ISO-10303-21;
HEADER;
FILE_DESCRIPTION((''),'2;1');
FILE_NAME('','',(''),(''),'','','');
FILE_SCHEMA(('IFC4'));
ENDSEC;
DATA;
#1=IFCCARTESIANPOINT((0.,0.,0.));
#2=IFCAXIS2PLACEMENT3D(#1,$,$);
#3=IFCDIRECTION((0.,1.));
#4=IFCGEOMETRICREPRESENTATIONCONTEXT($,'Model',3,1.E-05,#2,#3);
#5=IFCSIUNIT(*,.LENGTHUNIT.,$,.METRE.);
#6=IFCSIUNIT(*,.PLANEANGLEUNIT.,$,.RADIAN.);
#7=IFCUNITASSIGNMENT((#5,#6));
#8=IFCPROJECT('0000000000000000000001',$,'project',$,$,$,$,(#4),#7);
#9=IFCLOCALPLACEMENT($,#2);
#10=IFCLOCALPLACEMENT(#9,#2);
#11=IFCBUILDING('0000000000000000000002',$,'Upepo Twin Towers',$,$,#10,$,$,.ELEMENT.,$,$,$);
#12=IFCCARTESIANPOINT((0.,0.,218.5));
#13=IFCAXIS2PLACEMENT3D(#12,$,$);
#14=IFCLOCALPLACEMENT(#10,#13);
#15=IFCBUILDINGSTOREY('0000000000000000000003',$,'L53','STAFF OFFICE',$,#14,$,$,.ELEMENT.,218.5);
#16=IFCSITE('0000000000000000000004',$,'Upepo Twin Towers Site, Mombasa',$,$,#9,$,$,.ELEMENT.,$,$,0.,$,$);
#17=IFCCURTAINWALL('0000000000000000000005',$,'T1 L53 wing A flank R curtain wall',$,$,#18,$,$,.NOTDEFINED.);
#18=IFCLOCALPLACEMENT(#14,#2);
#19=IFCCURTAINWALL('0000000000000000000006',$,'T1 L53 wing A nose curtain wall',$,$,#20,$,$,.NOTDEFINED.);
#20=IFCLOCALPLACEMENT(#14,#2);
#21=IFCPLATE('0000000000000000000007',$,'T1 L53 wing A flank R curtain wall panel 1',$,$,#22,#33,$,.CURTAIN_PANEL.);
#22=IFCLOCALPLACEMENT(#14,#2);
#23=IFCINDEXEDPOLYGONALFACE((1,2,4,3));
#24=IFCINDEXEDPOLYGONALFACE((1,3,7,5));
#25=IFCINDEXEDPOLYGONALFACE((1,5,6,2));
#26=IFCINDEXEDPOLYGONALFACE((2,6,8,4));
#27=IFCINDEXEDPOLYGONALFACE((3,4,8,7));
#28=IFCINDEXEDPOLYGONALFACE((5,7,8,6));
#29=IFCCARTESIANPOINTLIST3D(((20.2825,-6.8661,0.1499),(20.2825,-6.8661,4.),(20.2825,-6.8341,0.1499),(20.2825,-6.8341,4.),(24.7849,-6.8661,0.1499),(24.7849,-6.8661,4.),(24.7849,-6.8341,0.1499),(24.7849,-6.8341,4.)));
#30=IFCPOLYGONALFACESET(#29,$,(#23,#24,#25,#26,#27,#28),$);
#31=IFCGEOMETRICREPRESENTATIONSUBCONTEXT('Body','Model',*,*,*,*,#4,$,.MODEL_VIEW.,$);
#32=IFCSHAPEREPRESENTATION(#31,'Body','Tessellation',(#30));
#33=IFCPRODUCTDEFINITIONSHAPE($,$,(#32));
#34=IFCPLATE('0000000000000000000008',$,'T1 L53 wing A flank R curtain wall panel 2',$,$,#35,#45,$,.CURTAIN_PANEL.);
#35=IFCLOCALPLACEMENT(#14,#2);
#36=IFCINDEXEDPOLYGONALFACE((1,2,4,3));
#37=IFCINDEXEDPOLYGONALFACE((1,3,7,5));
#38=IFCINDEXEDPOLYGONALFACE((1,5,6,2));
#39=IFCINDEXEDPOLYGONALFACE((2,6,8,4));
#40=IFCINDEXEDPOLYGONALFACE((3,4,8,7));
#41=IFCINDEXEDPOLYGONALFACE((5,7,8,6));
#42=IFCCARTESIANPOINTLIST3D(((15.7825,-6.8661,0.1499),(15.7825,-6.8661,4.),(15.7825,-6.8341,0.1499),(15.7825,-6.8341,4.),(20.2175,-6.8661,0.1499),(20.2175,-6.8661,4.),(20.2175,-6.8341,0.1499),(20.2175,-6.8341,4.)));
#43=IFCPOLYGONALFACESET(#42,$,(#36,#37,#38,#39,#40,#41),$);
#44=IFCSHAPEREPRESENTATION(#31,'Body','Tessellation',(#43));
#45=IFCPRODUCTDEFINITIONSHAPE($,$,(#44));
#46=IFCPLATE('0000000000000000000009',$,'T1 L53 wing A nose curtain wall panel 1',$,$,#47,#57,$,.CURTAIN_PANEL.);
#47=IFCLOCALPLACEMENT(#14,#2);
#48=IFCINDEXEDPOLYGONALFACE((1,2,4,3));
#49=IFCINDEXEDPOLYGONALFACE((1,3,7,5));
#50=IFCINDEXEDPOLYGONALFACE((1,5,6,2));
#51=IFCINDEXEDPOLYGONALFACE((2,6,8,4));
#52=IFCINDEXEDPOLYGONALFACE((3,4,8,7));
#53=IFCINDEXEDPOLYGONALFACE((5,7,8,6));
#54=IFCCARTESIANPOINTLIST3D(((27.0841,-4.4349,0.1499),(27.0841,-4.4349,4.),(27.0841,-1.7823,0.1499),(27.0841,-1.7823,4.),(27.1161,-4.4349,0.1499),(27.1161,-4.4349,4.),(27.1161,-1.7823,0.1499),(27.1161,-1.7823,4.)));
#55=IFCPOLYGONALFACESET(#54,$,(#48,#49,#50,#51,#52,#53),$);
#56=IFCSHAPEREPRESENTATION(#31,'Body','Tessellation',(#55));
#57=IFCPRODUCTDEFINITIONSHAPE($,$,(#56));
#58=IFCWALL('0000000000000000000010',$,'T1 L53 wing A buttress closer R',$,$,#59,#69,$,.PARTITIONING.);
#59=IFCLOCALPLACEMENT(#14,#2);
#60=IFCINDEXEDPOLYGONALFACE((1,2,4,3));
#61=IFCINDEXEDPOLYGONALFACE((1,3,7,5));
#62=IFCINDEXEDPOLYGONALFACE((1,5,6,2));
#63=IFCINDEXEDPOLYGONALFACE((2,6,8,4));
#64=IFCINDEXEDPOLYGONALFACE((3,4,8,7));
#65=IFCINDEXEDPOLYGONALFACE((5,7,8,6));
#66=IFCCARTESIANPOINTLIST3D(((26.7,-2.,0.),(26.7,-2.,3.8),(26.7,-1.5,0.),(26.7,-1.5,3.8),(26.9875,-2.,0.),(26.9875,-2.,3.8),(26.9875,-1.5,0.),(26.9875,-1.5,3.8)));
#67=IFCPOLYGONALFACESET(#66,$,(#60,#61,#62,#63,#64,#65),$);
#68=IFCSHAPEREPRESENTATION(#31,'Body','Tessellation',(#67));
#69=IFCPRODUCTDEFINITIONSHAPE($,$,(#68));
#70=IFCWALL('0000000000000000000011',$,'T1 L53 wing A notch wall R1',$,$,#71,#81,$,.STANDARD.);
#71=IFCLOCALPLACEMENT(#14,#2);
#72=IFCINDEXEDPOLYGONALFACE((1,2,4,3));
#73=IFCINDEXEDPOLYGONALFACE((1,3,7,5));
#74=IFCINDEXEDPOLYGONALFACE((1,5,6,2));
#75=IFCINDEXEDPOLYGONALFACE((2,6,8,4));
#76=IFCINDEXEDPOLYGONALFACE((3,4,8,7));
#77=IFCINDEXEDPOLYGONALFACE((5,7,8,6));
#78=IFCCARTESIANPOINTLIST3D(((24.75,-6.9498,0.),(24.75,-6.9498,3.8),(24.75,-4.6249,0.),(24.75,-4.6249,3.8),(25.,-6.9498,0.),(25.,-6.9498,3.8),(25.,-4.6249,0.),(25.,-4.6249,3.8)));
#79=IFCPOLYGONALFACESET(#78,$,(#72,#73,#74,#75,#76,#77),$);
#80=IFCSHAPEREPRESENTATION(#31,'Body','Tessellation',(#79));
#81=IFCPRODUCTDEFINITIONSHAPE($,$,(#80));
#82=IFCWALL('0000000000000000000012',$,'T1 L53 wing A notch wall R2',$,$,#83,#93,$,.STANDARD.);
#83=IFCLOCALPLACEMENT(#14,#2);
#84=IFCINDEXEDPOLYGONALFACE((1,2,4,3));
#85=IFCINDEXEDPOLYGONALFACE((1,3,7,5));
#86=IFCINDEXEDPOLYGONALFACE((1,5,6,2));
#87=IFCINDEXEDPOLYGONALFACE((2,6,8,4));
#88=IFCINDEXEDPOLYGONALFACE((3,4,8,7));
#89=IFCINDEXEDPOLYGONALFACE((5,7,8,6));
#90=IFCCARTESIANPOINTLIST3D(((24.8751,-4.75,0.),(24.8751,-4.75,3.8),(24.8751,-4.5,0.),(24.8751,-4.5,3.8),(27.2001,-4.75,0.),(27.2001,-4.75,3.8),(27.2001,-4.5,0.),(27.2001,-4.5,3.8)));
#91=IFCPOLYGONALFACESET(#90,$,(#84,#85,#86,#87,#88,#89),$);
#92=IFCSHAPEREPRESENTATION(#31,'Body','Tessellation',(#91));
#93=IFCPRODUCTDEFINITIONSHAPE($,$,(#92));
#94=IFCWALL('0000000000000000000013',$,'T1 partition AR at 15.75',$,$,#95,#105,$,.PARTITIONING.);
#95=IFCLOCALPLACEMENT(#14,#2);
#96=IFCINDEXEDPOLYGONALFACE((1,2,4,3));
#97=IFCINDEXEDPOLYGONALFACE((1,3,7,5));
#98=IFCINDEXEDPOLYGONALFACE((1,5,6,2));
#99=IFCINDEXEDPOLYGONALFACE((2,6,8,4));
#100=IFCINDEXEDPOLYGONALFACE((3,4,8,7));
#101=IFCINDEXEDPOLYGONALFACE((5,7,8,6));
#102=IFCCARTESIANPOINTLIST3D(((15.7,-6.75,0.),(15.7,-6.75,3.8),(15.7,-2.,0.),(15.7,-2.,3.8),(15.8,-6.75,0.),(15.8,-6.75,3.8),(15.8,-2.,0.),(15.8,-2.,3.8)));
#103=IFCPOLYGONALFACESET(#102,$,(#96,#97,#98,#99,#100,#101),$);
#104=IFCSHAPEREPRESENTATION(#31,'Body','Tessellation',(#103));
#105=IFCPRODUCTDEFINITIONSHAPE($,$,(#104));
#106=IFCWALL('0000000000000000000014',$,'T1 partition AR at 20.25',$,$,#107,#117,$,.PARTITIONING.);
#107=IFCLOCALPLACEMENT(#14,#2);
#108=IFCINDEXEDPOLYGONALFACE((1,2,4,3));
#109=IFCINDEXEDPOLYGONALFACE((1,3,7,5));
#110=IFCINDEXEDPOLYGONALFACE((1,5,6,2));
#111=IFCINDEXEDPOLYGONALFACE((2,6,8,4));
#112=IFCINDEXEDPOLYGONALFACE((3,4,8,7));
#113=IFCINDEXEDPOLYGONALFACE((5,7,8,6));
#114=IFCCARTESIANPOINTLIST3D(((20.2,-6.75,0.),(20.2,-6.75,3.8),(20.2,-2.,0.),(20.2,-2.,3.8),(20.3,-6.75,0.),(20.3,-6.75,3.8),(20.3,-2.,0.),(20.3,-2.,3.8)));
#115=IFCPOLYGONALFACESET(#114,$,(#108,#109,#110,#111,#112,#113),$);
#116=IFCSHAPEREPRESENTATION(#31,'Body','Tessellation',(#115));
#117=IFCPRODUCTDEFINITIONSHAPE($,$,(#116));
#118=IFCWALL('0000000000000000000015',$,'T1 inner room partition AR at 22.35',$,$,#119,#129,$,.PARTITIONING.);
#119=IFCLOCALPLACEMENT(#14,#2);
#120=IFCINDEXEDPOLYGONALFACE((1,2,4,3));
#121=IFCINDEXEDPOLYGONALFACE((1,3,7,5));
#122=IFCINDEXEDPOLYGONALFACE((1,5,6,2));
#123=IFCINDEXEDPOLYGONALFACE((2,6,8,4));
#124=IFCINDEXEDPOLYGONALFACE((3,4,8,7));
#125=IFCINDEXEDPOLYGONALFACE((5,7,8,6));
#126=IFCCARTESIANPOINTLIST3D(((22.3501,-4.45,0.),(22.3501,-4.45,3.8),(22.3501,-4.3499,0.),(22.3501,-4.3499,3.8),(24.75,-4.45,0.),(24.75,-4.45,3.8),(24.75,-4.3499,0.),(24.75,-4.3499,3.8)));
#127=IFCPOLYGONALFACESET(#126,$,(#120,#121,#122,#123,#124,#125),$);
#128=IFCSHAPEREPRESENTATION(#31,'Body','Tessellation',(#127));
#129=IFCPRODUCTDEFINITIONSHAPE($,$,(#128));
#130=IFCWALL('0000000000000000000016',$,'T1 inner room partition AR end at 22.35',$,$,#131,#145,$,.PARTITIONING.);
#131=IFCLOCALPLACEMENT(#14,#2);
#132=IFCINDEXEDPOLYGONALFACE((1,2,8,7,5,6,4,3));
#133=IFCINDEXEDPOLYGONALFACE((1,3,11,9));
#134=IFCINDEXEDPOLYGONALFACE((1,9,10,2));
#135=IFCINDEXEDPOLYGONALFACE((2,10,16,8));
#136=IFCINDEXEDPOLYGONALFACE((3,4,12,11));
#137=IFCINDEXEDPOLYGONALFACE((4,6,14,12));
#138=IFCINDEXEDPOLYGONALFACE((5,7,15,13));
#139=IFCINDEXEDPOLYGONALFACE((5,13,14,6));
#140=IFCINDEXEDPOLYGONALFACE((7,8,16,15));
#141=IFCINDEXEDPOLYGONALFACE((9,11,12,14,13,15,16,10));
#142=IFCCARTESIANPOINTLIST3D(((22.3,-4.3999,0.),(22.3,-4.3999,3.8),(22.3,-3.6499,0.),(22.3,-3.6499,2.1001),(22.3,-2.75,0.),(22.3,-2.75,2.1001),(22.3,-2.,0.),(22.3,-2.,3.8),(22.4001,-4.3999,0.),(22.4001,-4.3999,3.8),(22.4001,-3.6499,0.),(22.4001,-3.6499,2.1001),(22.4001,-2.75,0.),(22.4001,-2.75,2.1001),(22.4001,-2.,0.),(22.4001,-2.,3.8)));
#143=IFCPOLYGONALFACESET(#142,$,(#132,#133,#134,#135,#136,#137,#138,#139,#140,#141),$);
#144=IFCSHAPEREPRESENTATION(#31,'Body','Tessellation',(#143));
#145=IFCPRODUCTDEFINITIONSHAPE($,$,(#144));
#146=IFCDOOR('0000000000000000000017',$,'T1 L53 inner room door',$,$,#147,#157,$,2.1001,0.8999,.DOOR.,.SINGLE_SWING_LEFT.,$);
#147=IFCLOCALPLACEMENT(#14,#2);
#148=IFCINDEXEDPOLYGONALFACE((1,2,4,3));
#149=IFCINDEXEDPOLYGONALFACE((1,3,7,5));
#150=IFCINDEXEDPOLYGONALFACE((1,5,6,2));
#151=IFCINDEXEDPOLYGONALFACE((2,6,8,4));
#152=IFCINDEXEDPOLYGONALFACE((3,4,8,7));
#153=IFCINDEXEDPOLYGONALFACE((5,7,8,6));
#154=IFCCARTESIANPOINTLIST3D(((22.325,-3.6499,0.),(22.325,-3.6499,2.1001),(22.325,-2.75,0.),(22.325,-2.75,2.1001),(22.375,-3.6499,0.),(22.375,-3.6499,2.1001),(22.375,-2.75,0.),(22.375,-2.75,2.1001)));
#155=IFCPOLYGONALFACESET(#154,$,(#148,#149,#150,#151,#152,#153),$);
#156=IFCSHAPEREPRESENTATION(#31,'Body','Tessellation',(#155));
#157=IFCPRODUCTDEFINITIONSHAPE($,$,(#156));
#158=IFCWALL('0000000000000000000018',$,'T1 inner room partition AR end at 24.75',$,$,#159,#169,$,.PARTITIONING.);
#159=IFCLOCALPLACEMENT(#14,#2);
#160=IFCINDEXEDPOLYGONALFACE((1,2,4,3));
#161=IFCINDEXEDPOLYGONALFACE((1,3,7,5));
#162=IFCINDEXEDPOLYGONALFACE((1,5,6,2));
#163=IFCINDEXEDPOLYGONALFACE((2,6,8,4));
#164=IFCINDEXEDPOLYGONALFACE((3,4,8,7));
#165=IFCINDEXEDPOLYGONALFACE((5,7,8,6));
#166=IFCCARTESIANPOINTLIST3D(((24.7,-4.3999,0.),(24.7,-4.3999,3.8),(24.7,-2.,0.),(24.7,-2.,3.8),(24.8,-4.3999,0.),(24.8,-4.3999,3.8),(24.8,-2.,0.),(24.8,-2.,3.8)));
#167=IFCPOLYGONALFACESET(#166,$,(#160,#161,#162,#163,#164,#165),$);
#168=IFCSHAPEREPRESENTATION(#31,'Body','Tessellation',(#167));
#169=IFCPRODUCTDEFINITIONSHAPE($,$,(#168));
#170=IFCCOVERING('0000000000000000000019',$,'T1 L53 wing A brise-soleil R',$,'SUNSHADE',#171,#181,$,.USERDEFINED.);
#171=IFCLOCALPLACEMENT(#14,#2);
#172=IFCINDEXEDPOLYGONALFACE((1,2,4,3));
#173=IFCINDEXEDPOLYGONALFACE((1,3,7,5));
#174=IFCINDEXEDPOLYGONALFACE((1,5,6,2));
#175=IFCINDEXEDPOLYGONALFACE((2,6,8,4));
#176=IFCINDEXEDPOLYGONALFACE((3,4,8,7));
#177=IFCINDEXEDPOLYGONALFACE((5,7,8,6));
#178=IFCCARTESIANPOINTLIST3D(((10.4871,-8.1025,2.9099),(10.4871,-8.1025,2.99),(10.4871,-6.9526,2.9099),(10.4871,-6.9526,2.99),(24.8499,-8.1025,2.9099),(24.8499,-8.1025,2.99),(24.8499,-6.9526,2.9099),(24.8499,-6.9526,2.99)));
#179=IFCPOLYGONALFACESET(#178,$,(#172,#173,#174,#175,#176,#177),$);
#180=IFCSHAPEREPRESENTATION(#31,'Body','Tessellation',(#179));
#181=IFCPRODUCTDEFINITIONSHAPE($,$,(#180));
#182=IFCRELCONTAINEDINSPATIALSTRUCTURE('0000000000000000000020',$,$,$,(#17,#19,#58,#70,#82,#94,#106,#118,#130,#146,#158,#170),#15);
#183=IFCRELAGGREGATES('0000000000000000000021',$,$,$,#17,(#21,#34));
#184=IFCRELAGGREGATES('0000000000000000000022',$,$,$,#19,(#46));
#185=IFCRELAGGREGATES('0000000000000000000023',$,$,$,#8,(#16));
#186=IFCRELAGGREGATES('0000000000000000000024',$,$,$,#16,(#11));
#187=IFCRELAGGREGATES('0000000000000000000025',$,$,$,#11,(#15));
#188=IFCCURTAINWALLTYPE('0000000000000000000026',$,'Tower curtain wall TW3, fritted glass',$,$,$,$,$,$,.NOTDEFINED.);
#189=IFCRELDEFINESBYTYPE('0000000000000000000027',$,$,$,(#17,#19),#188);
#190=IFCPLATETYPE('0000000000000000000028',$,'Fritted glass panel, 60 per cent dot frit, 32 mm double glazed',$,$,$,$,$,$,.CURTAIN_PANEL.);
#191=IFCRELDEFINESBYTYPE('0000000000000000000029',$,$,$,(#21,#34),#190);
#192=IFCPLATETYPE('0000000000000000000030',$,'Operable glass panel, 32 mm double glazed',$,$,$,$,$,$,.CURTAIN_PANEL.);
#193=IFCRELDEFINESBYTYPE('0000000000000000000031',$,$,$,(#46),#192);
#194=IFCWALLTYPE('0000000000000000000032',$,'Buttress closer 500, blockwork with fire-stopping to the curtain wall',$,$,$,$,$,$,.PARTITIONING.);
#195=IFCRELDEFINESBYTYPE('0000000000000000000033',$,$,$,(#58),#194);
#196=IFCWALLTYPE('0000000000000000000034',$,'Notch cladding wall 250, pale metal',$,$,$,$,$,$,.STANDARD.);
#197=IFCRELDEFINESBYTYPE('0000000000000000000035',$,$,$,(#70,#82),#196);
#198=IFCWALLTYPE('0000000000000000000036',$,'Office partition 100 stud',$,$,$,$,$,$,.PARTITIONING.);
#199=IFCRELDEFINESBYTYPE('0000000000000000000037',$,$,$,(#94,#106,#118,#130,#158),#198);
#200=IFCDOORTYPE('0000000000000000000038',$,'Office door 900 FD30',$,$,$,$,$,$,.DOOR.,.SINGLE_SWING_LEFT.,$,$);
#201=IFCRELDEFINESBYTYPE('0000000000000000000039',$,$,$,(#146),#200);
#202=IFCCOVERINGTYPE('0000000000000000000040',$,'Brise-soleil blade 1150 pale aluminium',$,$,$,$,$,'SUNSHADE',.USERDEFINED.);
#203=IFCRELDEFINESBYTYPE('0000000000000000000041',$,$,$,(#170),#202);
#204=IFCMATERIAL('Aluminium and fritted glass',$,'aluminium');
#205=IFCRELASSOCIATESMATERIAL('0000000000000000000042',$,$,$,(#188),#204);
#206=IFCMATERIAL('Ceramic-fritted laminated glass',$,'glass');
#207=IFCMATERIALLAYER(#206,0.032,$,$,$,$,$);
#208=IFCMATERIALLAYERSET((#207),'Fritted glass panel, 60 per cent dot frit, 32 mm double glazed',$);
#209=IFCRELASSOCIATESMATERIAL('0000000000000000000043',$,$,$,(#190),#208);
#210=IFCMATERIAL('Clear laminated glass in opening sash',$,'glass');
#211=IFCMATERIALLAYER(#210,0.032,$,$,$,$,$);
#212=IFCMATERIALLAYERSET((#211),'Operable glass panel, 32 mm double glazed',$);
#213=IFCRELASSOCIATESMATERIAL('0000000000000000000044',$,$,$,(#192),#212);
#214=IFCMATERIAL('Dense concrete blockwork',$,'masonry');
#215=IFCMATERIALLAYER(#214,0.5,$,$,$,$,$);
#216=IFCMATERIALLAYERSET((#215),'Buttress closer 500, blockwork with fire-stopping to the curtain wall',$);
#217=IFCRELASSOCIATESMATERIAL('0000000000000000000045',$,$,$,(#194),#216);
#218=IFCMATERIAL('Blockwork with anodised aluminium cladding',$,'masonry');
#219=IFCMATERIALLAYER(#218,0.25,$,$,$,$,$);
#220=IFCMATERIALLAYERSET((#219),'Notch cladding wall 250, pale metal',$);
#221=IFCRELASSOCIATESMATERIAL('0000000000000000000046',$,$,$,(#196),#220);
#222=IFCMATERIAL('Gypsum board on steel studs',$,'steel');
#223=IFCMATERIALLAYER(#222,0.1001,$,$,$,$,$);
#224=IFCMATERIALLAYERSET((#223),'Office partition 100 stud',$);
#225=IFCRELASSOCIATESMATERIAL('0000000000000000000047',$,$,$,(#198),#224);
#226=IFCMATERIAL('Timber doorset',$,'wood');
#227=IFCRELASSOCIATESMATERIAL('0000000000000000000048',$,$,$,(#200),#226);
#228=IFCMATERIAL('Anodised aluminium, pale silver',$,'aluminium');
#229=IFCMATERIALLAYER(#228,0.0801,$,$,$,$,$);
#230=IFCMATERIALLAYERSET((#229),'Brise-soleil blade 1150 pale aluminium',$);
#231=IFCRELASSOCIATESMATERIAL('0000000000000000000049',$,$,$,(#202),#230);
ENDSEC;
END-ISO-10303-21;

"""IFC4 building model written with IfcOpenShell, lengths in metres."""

from ifc_helpers import new_model, si_unit, direction, frame, frame_2d, origin, origin_2d, place, context, subcontext, project, spatial, rectangle, extrude, material, layer, layer_set, type_object, element, fill, aggregate, save


model = new_model("IFC4")

# Units and contexts
model_context = context("Model", 3, precision=1e-05, world=origin(), true_north=direction((0.0, 1.0)))
body_context = subcontext(model_context, "Body", "Model", "MODEL_VIEW")
ifc_project = project(units=[si_unit("LENGTHUNIT", "METRE"), si_unit("PLANEANGLEUNIT", "RADIAN")], contexts=[model_context])

# Site, building, storey
site_placement = place(None, origin())
site = spatial("IfcSite", under=ifc_project, at=site_placement, Name="Upepo Twin Towers Site, Mombasa", CompositionType="ELEMENT", RefElevation=0.0)
building_placement = place(site_placement, origin())
building = spatial("IfcBuilding", under=site, at=building_placement, Name="Upepo Twin Towers", CompositionType="ELEMENT")
storey_placement = place(building_placement, frame((0.0, 0.0, 218.5)))
storey = spatial("IfcBuildingStorey", under=building, at=storey_placement, Name="L53", Description="STAFF OFFICE", CompositionType="ELEMENT", Elevation=218.5)

# Curtain wall
ifc_material_1 = material(Name="Aluminium and fritted glass", Category="aluminium")
curtain_wall_type = type_object("IfcCurtainWallType", Name="Tower curtain wall TW3, fritted glass", PredefinedType="NOTDEFINED", material=ifc_material_1)
curtain_wall_1_placement = place(storey_placement, origin())
curtain_wall_1 = element("IfcCurtainWall", 1, at=curtain_wall_1_placement, inside=storey, type_object=curtain_wall_type, Name="T1 L53 wing A flank R curtain wall", PredefinedType="NOTDEFINED")

# Curtain wall
curtain_wall_2_placement = place(storey_placement, origin())
curtain_wall_2 = element("IfcCurtainWall", 2, at=curtain_wall_2_placement, inside=storey, type_object=curtain_wall_type, Name="T1 L53 wing A nose curtain wall", PredefinedType="NOTDEFINED")

# Plates
ifc_material_2 = material(Name="Ceramic-fritted laminated glass", Category="glass")
ifc_layer_1 = layer(ifc_material_2, 0.032)
ifc_layer_set_1 = layer_set([ifc_layer_1], Name="Fritted glass panel, 60 per cent dot frit, 32 mm double glazed")
plate_type_1 = type_object("IfcPlateType", Name="Fritted glass panel, 60 per cent dot frit, 32 mm double glazed", PredefinedType="CURTAIN_PANEL", material=ifc_layer_set_1)
plate_1_placement = place(storey_placement, frame((22.5337, -6.8501, 0.1499), z_axis=(0.0, 0.0, 1.0), x_axis=(-1.0, 0.0, 0.0)))
plate_1 = element("IfcPlate", 3, at=plate_1_placement, type_object=plate_type_1, Name="T1 L53 wing A flank R curtain wall panel 1", PredefinedType="CURTAIN_PANEL", context=body_context, shape_type="SweptSolid", body=[
    extrude(rectangle(XDim=4.5024, YDim=0.032, at=origin_2d()), origin(), (0.0, 0.0, 1.0), 3.8501),
])
plate_2_placement = place(storey_placement, frame((18.0, -6.8501, 0.1499), z_axis=(0.0, 0.0, 1.0), x_axis=(-1.0, 0.0, 0.0)))
plate_2 = element("IfcPlate", 4, at=plate_2_placement, type_object=plate_type_1, Name="T1 L53 wing A flank R curtain wall panel 2", PredefinedType="CURTAIN_PANEL", context=body_context, shape_type="SweptSolid", body=[
    extrude(rectangle(XDim=4.4351, YDim=0.032, at=origin_2d()), origin(), (0.0, 0.0, 1.0), 3.8501),
])
aggregate(curtain_wall_1, [plate_1, plate_2])
ifc_material_3 = material(Name="Clear laminated glass in opening sash", Category="glass")
ifc_layer_2 = layer(ifc_material_3, 0.032)
ifc_layer_set_2 = layer_set([ifc_layer_2], Name="Operable glass panel, 32 mm double glazed")
plate_type_2 = type_object("IfcPlateType", Name="Operable glass panel, 32 mm double glazed", PredefinedType="CURTAIN_PANEL", material=ifc_layer_set_2)
plate_3_placement = place(storey_placement, frame((27.1001, -3.1086, 0.1499), z_axis=(0.0, 0.0, 1.0), x_axis=(0.0, 1.0, 0.0)))
plate_3 = element("IfcPlate", 5, at=plate_3_placement, type_object=plate_type_2, Name="T1 L53 wing A nose curtain wall panel 1", PredefinedType="CURTAIN_PANEL", context=body_context, shape_type="SweptSolid", body=[
    extrude(rectangle(XDim=2.6526, YDim=0.032, at=origin_2d()), origin(), (0.0, 0.0, 1.0), 3.8501),
])
aggregate(curtain_wall_2, [plate_3])

# Walls
ifc_material_4 = material(Name="Dense concrete blockwork", Category="masonry")
ifc_layer_3 = layer(ifc_material_4, 0.5)
ifc_layer_set_3 = layer_set([ifc_layer_3], Name="Buttress closer 500, blockwork with fire-stopping to the curtain wall")
wall_type_1 = type_object("IfcWallType", Name="Buttress closer 500, blockwork with fire-stopping to the curtain wall", PredefinedType="PARTITIONING", material=ifc_layer_set_3)
wall_1_placement = place(storey_placement, frame((26.7, -1.75, 0.0), z_axis=(0.0, 0.0, 1.0), x_axis=(1.0, 0.0, 0.0)))
element("IfcWall", 6, at=wall_1_placement, inside=storey, type_object=wall_type_1, Name="T1 L53 wing A buttress closer R", PredefinedType="PARTITIONING", context=body_context, shape_type="SweptSolid", body=[
    extrude(rectangle(XDim=0.2876, YDim=0.5, at=frame_2d((0.1438, 0.0))), origin(), (0.0, 0.0, 1.0), 3.8),
])
ifc_material_5 = material(Name="Blockwork with anodised aluminium cladding", Category="masonry")
ifc_layer_4 = layer(ifc_material_5, 0.25)
ifc_layer_set_4 = layer_set([ifc_layer_4], Name="Notch cladding wall 250, pale metal")
wall_type_2 = type_object("IfcWallType", Name="Notch cladding wall 250, pale metal", PredefinedType="STANDARD", material=ifc_layer_set_4)
for number, where, z_axis, x_axis, name in (
    (7, (24.875, -6.95, 0.0), (0.0, 0.0, 1.0), (0.0, 1.0, 0.0), "T1 L53 wing A notch wall R1"),
    (8, (24.875, -4.625, 0.0), (0.0, 0.0, 1.0), (1.0, 0.0, 0.0), "T1 L53 wing A notch wall R2"),
):
    element("IfcWall", number, at=place(storey_placement, frame(where, z_axis=z_axis, x_axis=x_axis)), inside=storey, type_object=wall_type_2, Name=name, PredefinedType="STANDARD", context=body_context, shape_type="SweptSolid", body=[
        extrude(rectangle(XDim=2.325, YDim=0.25, at=frame_2d((1.1626, 0.0))), origin(), (0.0, 0.0, 1.0), 3.8),
    ])
ifc_material_6 = material(Name="Gypsum board on steel studs", Category="steel")
ifc_layer_5 = layer(ifc_material_6, 0.1001)
ifc_layer_set_5 = layer_set([ifc_layer_5], Name="Office partition 100 stud")
wall_type_3 = type_object("IfcWallType", Name="Office partition 100 stud", PredefinedType="PARTITIONING", material=ifc_layer_set_5)
for number, where, z_axis, x_axis, name in (
    (9, (15.75, -2.0, 0.0), (0.0, 0.0, 1.0), (0.0, -1.0, 0.0), "T1 partition AR at 15.75"),
    (10, (20.25, -2.0, 0.0), (0.0, 0.0, 1.0), (0.0, -1.0, 0.0), "T1 partition AR at 20.25"),
):
    element("IfcWall", number, at=place(storey_placement, frame(where, z_axis=z_axis, x_axis=x_axis)), inside=storey, type_object=wall_type_3, Name=name, PredefinedType="PARTITIONING", context=body_context, shape_type="SweptSolid", body=[
        extrude(rectangle(XDim=4.75, YDim=0.1001, at=frame_2d((2.375, 0.0))), origin(), (0.0, 0.0, 1.0), 3.8),
    ])
wall_2_placement = place(storey_placement, frame((22.3501, -4.3999, 0.0), z_axis=(0.0, 0.0, 1.0), x_axis=(1.0, 0.0, 0.0)))
element("IfcWall", 11, at=wall_2_placement, inside=storey, type_object=wall_type_3, Name="T1 inner room partition AR at 22.35", PredefinedType="PARTITIONING", context=body_context, shape_type="SweptSolid", body=[
    extrude(rectangle(XDim=2.3999, YDim=0.1001, at=frame_2d((1.2, 0.0))), origin(), (0.0, 0.0, 1.0), 3.8),
])

# Wall, opening, door
wall_3_placement = place(storey_placement, frame((22.3501, -2.0, 0.0), z_axis=(0.0, 0.0, 1.0), x_axis=(0.0, -1.0, 0.0)))
wall_3 = element("IfcWall", 12, at=wall_3_placement, inside=storey, type_object=wall_type_3, Name="T1 inner room partition AR end at 22.35", PredefinedType="PARTITIONING", context=body_context, shape_type="SweptSolid", body=[
    extrude(rectangle(XDim=2.3999, YDim=0.1001, at=frame_2d((1.2, 0.0))), origin(), (0.0, 0.0, 1.0), 3.8),
])
opening_placement = place(wall_3_placement, frame((0.75, 0.0, 0.0)))
opening = element("IfcOpeningElement", 13, at=opening_placement, cuts=wall_3, PredefinedType="OPENING", context=body_context, shape_type="SweptSolid", body=[
    extrude(rectangle(XDim=0.8999, YDim=2.1001, at=frame_2d((0.45, 1.05))), frame((0.0, 0.0601, 0.0), z_axis=(0.0, -1.0, 0.0), x_axis=(1.0, 0.0, 0.0)), (0.0, 0.0, 1.0), 0.1201),
])
ifc_material_7 = material(Name="Timber doorset", Category="wood")
door_type = type_object("IfcDoorType", Name="Office door 900 FD30", OperationType="SINGLE_SWING_LEFT", PredefinedType="DOOR", material=ifc_material_7)
door_placement = place(opening_placement, origin())
door = element("IfcDoor", 14, at=door_placement, inside=storey, type_object=door_type, Name="T1 L53 inner room door", OperationType="SINGLE_SWING_LEFT", OverallHeight=2.1001, OverallWidth=0.8999, PredefinedType="DOOR", context=body_context, shape_type="SweptSolid", body=[
    extrude(rectangle(XDim=0.8999, YDim=2.1001, at=frame_2d((0.45, 1.05))), frame((0.0, 0.0249, 0.0), z_axis=(0.0, -1.0, 0.0), x_axis=(1.0, 0.0, 0.0)), (0.0, 0.0, 1.0), 0.05),
])
fill(opening, door)

# Wall
wall_4_placement = place(storey_placement, frame((24.75, -2.0, 0.0), z_axis=(0.0, 0.0, 1.0), x_axis=(0.0, -1.0, 0.0)))
element("IfcWall", 15, at=wall_4_placement, inside=storey, type_object=wall_type_3, Name="T1 inner room partition AR end at 24.75", PredefinedType="PARTITIONING", context=body_context, shape_type="SweptSolid", body=[
    extrude(rectangle(XDim=2.3999, YDim=0.1001, at=frame_2d((1.2, 0.0))), origin(), (0.0, 0.0, 1.0), 3.8),
])

# Covering
ifc_material_8 = material(Name="Anodised aluminium, pale silver", Category="aluminium")
ifc_layer_6 = layer(ifc_material_8, 0.0801)
ifc_layer_set_6 = layer_set([ifc_layer_6], Name="Brise-soleil blade 1150 pale aluminium")
covering_type = type_object("IfcCoveringType", Name="Brise-soleil blade 1150 pale aluminium", ElementType="SUNSHADE", PredefinedType="USERDEFINED", material=ifc_layer_set_6)
covering_placement = place(storey_placement, frame((17.6685, -7.5276, 2.9099), z_axis=(0.0, 0.0, 1.0), x_axis=(1.0, 0.0, 0.0)))
element("IfcCovering", 16, at=covering_placement, inside=storey, type_object=covering_type, Name="T1 L53 wing A brise-soleil R", ObjectType="SUNSHADE", PredefinedType="USERDEFINED", context=body_context, shape_type="SweptSolid", body=[
    extrude(rectangle(XDim=14.3628, YDim=1.1499, at=origin_2d()), origin(), (0.0, 0.0, 1.0), 0.0801),
])

save(model, "model.ifc")
